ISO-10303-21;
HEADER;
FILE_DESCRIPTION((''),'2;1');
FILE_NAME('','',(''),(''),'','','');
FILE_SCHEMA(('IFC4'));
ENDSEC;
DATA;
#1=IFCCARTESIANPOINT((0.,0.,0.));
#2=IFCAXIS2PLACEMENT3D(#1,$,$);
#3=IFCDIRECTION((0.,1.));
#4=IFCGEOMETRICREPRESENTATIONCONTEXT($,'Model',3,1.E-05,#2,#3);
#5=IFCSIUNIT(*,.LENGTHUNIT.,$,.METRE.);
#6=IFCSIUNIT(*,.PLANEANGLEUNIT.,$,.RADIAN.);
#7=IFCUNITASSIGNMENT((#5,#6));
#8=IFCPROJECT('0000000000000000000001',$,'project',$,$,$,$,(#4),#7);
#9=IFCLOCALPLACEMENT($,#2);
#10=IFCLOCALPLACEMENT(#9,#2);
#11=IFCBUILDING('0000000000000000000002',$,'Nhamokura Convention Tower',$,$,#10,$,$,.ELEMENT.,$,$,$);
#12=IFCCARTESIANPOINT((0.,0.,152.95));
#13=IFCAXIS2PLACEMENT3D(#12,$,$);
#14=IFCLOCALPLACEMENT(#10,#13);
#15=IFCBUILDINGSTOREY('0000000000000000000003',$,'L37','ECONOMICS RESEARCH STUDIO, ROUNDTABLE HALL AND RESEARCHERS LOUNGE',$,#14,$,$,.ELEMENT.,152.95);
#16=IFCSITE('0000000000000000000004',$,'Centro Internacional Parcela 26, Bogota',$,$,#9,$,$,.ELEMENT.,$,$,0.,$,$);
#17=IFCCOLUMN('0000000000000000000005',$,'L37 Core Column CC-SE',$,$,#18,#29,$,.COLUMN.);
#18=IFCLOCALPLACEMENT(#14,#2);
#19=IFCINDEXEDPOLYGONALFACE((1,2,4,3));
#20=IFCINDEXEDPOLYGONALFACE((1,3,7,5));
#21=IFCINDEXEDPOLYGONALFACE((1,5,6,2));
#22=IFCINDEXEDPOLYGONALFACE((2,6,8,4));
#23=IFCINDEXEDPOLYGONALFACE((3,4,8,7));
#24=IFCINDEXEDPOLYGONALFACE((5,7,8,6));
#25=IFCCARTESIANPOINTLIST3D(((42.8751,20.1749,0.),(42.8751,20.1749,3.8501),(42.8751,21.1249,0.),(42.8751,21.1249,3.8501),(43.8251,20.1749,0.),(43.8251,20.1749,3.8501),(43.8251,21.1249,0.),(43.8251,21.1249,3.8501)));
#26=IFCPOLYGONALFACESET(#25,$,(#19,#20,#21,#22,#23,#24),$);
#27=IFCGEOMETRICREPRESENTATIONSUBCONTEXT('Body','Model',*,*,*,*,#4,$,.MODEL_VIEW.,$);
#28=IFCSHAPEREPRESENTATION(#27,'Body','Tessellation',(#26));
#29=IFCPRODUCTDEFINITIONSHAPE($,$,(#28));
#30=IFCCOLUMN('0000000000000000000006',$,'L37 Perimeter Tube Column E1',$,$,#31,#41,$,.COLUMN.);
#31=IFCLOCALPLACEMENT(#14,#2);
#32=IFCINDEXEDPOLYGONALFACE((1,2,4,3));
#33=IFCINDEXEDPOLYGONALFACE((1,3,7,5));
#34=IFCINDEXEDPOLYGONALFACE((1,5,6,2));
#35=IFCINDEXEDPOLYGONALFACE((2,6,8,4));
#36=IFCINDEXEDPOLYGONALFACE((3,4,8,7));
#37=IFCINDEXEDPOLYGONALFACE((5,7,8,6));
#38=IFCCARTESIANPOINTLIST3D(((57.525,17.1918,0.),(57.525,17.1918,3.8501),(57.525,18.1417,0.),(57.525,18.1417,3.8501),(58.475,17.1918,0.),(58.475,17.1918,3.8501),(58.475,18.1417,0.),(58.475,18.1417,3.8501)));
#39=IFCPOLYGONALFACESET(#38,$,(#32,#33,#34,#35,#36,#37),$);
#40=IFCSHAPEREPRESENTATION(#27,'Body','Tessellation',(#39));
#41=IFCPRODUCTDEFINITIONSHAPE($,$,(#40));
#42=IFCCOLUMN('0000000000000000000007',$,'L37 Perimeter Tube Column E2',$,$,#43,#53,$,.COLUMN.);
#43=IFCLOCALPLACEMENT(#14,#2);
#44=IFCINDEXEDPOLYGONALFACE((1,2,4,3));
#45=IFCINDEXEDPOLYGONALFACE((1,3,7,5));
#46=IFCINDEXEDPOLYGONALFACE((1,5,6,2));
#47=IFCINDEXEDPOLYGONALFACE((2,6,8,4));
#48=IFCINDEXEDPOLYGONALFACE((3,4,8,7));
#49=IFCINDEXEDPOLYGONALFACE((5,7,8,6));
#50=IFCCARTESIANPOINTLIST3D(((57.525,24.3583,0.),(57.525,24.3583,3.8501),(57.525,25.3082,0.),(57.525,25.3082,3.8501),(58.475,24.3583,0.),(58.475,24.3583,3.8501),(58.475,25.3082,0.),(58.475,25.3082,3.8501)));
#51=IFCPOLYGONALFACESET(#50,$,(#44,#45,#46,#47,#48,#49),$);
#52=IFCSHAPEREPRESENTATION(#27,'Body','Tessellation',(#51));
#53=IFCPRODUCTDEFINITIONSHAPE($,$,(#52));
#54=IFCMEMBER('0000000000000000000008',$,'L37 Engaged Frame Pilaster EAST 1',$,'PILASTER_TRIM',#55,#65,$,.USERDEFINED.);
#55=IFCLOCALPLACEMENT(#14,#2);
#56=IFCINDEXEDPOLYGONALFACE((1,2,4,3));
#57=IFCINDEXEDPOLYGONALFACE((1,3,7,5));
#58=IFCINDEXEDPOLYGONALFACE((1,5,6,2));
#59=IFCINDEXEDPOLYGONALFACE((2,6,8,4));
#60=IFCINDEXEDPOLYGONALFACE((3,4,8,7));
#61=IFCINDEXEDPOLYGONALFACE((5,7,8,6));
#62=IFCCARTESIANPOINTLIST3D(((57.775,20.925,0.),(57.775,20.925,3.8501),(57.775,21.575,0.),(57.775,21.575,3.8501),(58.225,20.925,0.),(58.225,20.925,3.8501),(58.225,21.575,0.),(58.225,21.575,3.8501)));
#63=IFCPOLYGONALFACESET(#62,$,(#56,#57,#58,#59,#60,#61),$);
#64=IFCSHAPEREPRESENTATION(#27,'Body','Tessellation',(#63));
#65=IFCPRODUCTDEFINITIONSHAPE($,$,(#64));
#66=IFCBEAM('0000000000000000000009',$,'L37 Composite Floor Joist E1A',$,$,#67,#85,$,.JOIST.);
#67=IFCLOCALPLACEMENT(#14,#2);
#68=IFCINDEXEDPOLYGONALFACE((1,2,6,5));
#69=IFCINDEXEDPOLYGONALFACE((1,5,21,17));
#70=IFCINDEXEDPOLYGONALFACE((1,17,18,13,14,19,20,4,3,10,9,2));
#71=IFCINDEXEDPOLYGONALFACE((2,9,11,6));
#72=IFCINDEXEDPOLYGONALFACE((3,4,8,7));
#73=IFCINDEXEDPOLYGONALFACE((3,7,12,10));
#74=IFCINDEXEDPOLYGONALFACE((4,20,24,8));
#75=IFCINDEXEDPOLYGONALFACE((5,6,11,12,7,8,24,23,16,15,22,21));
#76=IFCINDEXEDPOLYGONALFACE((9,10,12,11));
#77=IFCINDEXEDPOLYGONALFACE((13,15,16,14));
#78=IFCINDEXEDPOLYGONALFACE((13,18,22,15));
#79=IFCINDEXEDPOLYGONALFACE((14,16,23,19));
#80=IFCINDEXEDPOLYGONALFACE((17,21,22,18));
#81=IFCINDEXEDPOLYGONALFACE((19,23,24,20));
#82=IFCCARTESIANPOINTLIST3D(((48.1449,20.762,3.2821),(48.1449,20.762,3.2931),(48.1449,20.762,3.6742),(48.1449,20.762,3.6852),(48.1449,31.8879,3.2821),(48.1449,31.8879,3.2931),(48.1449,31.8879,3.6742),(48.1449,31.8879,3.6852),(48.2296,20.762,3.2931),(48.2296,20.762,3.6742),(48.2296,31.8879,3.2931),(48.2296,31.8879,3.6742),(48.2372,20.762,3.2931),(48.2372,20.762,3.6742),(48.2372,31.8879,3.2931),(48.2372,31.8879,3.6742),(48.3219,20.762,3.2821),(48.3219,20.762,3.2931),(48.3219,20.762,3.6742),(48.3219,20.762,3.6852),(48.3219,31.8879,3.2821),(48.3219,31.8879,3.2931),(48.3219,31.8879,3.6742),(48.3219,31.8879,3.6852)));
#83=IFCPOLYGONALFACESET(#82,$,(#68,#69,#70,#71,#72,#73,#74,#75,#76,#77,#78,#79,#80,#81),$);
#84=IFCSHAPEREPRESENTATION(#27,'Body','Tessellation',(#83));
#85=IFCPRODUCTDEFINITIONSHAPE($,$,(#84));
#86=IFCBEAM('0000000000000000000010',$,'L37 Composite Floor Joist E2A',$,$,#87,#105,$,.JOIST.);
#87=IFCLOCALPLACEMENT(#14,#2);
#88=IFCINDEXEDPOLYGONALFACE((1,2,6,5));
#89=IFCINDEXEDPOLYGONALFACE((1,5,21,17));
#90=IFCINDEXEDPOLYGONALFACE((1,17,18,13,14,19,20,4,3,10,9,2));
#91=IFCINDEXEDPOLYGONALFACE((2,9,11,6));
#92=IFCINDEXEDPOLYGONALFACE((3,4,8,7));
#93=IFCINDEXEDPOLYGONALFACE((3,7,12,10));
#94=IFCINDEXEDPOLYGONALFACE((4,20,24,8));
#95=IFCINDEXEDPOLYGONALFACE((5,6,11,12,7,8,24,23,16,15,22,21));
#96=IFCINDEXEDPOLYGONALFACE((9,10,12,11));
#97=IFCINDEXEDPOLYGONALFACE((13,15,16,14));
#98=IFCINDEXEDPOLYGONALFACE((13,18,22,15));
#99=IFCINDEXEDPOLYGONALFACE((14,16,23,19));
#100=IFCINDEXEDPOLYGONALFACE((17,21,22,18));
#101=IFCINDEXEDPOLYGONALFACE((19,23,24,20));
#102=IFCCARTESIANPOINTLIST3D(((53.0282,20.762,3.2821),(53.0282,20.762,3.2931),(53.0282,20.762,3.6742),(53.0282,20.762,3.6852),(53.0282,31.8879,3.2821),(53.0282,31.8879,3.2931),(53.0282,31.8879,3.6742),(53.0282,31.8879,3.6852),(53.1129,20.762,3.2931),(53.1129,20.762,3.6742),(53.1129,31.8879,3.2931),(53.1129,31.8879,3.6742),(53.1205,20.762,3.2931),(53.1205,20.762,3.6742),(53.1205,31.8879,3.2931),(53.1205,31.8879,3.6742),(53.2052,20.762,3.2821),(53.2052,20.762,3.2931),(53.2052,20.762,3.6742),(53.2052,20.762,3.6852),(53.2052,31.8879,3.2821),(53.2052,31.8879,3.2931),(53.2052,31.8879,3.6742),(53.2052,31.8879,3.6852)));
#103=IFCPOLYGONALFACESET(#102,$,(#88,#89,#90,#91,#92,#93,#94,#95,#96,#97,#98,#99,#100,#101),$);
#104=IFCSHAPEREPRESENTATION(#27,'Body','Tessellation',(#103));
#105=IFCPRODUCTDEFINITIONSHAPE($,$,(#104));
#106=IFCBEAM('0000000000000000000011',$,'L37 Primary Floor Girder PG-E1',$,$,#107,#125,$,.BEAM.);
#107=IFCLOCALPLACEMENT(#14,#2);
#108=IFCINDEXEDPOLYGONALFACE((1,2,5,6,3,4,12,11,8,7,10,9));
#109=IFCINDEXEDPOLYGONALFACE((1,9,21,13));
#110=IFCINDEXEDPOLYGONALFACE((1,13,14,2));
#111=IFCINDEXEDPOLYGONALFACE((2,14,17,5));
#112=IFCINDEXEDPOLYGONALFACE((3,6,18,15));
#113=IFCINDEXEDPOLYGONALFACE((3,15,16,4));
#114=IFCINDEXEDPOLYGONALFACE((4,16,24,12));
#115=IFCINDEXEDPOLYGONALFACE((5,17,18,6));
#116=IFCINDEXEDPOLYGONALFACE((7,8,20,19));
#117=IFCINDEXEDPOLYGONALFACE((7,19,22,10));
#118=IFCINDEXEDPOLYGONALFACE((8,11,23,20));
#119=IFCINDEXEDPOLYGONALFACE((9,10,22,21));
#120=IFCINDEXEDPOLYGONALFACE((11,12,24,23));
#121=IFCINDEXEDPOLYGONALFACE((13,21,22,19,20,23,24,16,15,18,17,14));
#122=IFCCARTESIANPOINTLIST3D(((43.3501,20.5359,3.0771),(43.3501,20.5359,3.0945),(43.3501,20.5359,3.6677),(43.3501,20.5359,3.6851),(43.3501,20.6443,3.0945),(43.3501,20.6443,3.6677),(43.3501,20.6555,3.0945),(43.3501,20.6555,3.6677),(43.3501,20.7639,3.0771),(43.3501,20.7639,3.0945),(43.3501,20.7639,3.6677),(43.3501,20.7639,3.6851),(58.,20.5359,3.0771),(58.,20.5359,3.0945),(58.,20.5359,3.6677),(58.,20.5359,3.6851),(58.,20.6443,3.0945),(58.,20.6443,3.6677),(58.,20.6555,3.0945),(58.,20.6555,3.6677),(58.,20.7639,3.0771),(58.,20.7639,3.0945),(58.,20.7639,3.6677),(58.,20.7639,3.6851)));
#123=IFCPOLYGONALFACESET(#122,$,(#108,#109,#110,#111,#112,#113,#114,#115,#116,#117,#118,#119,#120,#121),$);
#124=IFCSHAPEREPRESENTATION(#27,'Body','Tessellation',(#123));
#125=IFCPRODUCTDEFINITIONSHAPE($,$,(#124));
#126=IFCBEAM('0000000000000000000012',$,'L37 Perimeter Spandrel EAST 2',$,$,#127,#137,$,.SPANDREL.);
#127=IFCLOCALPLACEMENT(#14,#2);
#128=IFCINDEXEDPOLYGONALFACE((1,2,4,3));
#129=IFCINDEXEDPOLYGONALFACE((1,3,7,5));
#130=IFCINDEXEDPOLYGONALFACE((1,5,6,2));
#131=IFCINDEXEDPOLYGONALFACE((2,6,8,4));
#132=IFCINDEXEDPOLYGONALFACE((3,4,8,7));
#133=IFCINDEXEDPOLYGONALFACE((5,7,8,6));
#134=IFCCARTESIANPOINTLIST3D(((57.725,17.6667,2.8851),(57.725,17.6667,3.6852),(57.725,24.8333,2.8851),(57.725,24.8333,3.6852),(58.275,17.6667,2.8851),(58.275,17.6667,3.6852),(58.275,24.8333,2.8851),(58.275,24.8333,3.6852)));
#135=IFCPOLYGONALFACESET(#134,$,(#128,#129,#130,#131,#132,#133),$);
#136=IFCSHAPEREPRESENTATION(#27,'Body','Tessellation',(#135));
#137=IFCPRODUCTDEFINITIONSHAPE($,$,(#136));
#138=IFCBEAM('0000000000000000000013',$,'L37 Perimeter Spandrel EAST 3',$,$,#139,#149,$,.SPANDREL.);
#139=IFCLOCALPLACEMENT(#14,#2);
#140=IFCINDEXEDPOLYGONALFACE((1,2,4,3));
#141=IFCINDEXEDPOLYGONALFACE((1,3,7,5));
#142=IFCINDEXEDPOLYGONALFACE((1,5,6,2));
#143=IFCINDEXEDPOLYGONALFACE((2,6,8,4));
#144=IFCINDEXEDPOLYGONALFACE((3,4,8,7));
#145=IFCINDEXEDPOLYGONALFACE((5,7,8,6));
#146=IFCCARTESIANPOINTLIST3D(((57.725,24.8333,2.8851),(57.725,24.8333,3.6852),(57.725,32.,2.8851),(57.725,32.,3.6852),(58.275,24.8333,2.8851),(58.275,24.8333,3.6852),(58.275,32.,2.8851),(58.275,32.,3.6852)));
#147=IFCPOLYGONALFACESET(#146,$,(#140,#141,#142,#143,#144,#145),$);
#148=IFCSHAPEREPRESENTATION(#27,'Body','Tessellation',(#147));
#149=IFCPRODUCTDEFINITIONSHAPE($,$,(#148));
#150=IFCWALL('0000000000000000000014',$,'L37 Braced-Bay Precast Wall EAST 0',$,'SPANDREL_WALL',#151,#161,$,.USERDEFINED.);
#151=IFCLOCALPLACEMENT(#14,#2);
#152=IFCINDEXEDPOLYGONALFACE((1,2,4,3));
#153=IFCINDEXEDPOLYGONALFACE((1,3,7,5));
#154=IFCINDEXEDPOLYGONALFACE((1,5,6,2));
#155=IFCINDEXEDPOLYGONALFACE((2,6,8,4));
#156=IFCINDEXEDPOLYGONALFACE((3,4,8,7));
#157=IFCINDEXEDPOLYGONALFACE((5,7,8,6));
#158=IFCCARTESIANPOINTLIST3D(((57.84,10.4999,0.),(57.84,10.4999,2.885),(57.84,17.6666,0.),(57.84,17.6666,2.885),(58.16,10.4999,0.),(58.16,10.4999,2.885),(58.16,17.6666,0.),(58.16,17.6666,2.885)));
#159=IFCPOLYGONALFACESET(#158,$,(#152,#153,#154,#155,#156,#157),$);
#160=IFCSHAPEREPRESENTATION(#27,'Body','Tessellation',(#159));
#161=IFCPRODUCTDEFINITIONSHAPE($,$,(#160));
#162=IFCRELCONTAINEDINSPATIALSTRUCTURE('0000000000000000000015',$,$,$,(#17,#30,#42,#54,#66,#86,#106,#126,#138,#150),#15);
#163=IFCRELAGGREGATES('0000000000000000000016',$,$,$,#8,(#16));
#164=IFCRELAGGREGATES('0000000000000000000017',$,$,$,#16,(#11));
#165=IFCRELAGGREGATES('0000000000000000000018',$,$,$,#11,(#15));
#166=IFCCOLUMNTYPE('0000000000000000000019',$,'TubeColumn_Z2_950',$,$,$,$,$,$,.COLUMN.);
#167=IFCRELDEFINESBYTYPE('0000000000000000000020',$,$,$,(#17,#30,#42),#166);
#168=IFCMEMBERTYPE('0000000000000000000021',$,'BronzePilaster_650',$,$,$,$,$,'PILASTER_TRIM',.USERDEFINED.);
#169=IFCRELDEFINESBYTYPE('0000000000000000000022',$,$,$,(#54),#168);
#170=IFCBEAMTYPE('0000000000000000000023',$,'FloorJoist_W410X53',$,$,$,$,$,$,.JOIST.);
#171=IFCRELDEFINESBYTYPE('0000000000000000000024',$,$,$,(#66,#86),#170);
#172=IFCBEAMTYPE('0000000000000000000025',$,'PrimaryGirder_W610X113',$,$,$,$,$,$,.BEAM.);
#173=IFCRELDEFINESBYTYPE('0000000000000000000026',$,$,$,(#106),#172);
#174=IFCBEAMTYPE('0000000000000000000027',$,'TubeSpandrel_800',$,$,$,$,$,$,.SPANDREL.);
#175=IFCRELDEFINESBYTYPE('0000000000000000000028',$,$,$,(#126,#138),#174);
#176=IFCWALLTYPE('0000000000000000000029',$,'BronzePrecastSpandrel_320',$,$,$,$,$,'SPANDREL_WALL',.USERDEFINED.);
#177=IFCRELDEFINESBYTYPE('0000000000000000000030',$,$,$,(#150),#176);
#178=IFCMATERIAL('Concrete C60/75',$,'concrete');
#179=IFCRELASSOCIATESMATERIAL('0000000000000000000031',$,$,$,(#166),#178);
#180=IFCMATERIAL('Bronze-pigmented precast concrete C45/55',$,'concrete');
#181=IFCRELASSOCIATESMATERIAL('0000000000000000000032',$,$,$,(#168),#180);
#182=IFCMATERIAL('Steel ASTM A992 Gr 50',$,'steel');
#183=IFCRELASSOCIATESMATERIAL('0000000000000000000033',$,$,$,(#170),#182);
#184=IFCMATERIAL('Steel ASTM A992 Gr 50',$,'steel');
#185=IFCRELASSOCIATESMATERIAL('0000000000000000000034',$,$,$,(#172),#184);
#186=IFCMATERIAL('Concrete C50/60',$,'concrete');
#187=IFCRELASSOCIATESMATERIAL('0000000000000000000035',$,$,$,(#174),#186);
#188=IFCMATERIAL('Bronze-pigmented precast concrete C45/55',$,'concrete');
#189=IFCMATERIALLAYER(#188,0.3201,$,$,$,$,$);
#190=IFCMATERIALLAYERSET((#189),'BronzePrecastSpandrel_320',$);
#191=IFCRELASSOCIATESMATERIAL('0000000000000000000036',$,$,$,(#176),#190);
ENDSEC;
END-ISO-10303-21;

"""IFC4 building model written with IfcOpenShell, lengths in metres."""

from ifc_helpers import new_model, si_unit, direction, frame, frame_2d, origin, origin_2d, place, context, subcontext, project, spatial, rectangle, i_section, extrude, material, layer, layer_set, material_profile, profile_set, type_object, element, save


model = new_model("IFC4")

# Units and contexts
model_context = context("Model", 3, precision=1e-05, world=origin(), true_north=direction((0.0, 1.0)))
body_context = subcontext(model_context, "Body", "Model", "MODEL_VIEW")
ifc_project = project(units=[si_unit("LENGTHUNIT", "METRE"), si_unit("PLANEANGLEUNIT", "RADIAN")], contexts=[model_context])

# Site, building, storey
site_placement = place(None, origin())
site = spatial("IfcSite", under=ifc_project, at=site_placement, Name="Centro Internacional Parcela 26, Bogota", CompositionType="ELEMENT", RefElevation=0.0)
building_placement = place(site_placement, origin())
building = spatial("IfcBuilding", under=site, at=building_placement, Name="Nhamokura Convention Tower", CompositionType="ELEMENT")
storey_placement = place(building_placement, frame((0.0, 0.0, 152.95)))
storey = spatial("IfcBuildingStorey", under=building, at=storey_placement, Name="L37", Description="ECONOMICS RESEARCH STUDIO, ROUNDTABLE HALL AND RESEARCHERS LOUNGE", CompositionType="ELEMENT", Elevation=152.95)

# Columns
ifc_material_1 = material(Name="Concrete C60/75", Category="concrete")
ifc_material_profile_1 = material_profile(ifc_material_1, rectangle(XDim=0.95, YDim=0.95, at=origin_2d()))
ifc_profile_set_1 = profile_set([ifc_material_profile_1], Name="Concrete C60/75")
column_type = type_object("IfcColumnType", Name="TubeColumn_Z2_950", PredefinedType="COLUMN", material=ifc_profile_set_1)
for number, where, z_axis, x_axis, name in (
    (1, (43.3501, 20.6499, 0.0), (0.0, 0.0, 1.0), (1.0, 0.0, 0.0), "L37 Core Column CC-SE"),
    (2, (58.0, 17.6667, 0.0), (0.0, 0.0, 1.0), (1.0, 0.0, 0.0), "L37 Perimeter Tube Column E1"),
    (3, (58.0, 24.8333, 0.0), (0.0, 0.0, 1.0), (1.0, 0.0, 0.0), "L37 Perimeter Tube Column E2"),
):
    element("IfcColumn", number, at=place(storey_placement, frame(where, z_axis=z_axis, x_axis=x_axis)), inside=storey, type_object=column_type, Name=name, PredefinedType="COLUMN", context=body_context, shape_type="SweptSolid", body=[
        extrude(rectangle(XDim=0.95, YDim=0.95, at=origin_2d()), origin(), (0.0, 0.0, 1.0), 3.8501),
    ])

# Member
ifc_material_2 = material(Name="Bronze-pigmented precast concrete C45/55", Category="concrete")
ifc_material_profile_2 = material_profile(ifc_material_2, rectangle(XDim=0.45, YDim=0.6499, at=origin_2d()))
ifc_profile_set_2 = profile_set([ifc_material_profile_2], Name="Bronze-pigmented precast concrete C45/55")
member_type = type_object("IfcMemberType", Name="BronzePilaster_650", ElementType="PILASTER_TRIM", PredefinedType="USERDEFINED", material=ifc_profile_set_2)
member_placement = place(storey_placement, frame((58.0, 21.25, 0.0), z_axis=(0.0, 0.0, 1.0), x_axis=(1.0, 0.0, 0.0)))
element("IfcMember", 4, at=member_placement, inside=storey, type_object=member_type, Name="L37 Engaged Frame Pilaster EAST 1", ObjectType="PILASTER_TRIM", PredefinedType="USERDEFINED", context=body_context, shape_type="SweptSolid", body=[
    extrude(rectangle(XDim=0.45, YDim=0.6499, at=origin_2d()), origin(), (0.0, 0.0, 1.0), 3.8501),
])

# Beams
ifc_material_3 = material(Name="Steel ASTM A992 Gr 50", Category="steel")
ifc_material_profile_3 = material_profile(ifc_material_3, i_section(OverallWidth=0.177, OverallDepth=0.4031, WebThickness=0.0076, FlangeThickness=0.011, at=origin_2d()))
ifc_profile_set_3 = profile_set([ifc_material_profile_3], Name="Steel ASTM A992 Gr 50")
beam_type_1 = type_object("IfcBeamType", Name="FloorJoist_W410X53", PredefinedType="JOIST", material=ifc_profile_set_3)
for number, where, z_axis, x_axis, name in (
    (5, (48.2334, 20.762, 3.4836), (0.0, 1.0, 0.0), (-1.0, 0.0, 0.0), "L37 Composite Floor Joist E1A"),
    (6, (53.1167, 20.762, 3.4836), (0.0, 1.0, 0.0), (-1.0, 0.0, 0.0), "L37 Composite Floor Joist E2A"),
):
    element("IfcBeam", number, at=place(storey_placement, frame(where, z_axis=z_axis, x_axis=x_axis)), inside=storey, type_object=beam_type_1, Name=name, PredefinedType="JOIST", context=body_context, shape_type="SweptSolid", body=[
        extrude(i_section(OverallWidth=0.177, OverallDepth=0.4031, WebThickness=0.0076, FlangeThickness=0.011, at=origin_2d()), origin(), (0.0, 0.0, 1.0), 11.126),
    ])
ifc_material_4 = material(Name="Steel ASTM A992 Gr 50", Category="steel")
ifc_material_profile_4 = material_profile(ifc_material_4, i_section(OverallWidth=0.228, OverallDepth=0.6079, WebThickness=0.0112, FlangeThickness=0.0173, at=origin_2d()))
ifc_profile_set_4 = profile_set([ifc_material_profile_4], Name="Steel ASTM A992 Gr 50")
beam_type_2 = type_object("IfcBeamType", Name="PrimaryGirder_W610X113", PredefinedType="BEAM", material=ifc_profile_set_4)
beam_1_placement = place(storey_placement, frame((43.3501, 20.6499, 3.3811), z_axis=(1.0, 0.0, 0.0), x_axis=(0.0, 1.0, 0.0)))
element("IfcBeam", 7, at=beam_1_placement, inside=storey, type_object=beam_type_2, Name="L37 Primary Floor Girder PG-E1", PredefinedType="BEAM", context=body_context, shape_type="SweptSolid", body=[
    extrude(i_section(OverallWidth=0.228, OverallDepth=0.6079, WebThickness=0.0112, FlangeThickness=0.0173, at=origin_2d()), origin(), (0.0, 0.0, 1.0), 14.6499),
])
ifc_material_5 = material(Name="Concrete C50/60", Category="concrete")
ifc_material_profile_5 = material_profile(ifc_material_5, rectangle(XDim=0.55, YDim=0.8, at=origin_2d()))
ifc_profile_set_5 = profile_set([ifc_material_profile_5], Name="Concrete C50/60")
beam_type_3 = type_object("IfcBeamType", Name="TubeSpandrel_800", PredefinedType="SPANDREL", material=ifc_profile_set_5)
beam_2_placement = place(storey_placement, frame((58.0, 17.6667, 3.2852), z_axis=(0.0, 1.0, 0.0), x_axis=(-1.0, 0.0, 0.0)))
element("IfcBeam", 8, at=beam_2_placement, inside=storey, type_object=beam_type_3, Name="L37 Perimeter Spandrel EAST 2", PredefinedType="SPANDREL", context=body_context, shape_type="SweptSolid", body=[
    extrude(rectangle(XDim=0.55, YDim=0.8, at=origin_2d()), origin(), (0.0, 0.0, 1.0), 7.1665),
])
beam_3_placement = place(storey_placement, frame((58.0, 24.8333, 3.2852), z_axis=(0.0, 1.0, 0.0), x_axis=(-1.0, 0.0, 0.0)))
element("IfcBeam", 9, at=beam_3_placement, inside=storey, type_object=beam_type_3, Name="L37 Perimeter Spandrel EAST 3", PredefinedType="SPANDREL", context=body_context, shape_type="SweptSolid", body=[
    extrude(rectangle(XDim=0.55, YDim=0.8, at=origin_2d()), origin(), (0.0, 0.0, 1.0), 7.1667),
])

# Wall
ifc_material_6 = material(Name="Bronze-pigmented precast concrete C45/55", Category="concrete")
ifc_layer_1 = layer(ifc_material_6, 0.3201)
ifc_layer_set_1 = layer_set([ifc_layer_1], Name="BronzePrecastSpandrel_320")
wall_type_1 = type_object("IfcWallType", Name="BronzePrecastSpandrel_320", ElementType="SPANDREL_WALL", PredefinedType="USERDEFINED", material=ifc_layer_set_1)
wall_1_placement = place(storey_placement, frame((58.0, 17.6667, 0.0), z_axis=(0.0, 0.0, 1.0), x_axis=(0.0, -1.0, 0.0)))
element("IfcWall", 10, at=wall_1_placement, inside=storey, type_object=wall_type_1, Name="L37 Braced-Bay Precast Wall EAST 0", ObjectType="SPANDREL_WALL", PredefinedType="USERDEFINED", context=body_context, shape_type="SweptSolid", body=[
    extrude(rectangle(XDim=7.1667, YDim=0.3201, at=frame_2d((3.5835, 0.0))), origin(), (0.0, 0.0, 1.0), 2.885),
])

save(model, "model.ifc")
